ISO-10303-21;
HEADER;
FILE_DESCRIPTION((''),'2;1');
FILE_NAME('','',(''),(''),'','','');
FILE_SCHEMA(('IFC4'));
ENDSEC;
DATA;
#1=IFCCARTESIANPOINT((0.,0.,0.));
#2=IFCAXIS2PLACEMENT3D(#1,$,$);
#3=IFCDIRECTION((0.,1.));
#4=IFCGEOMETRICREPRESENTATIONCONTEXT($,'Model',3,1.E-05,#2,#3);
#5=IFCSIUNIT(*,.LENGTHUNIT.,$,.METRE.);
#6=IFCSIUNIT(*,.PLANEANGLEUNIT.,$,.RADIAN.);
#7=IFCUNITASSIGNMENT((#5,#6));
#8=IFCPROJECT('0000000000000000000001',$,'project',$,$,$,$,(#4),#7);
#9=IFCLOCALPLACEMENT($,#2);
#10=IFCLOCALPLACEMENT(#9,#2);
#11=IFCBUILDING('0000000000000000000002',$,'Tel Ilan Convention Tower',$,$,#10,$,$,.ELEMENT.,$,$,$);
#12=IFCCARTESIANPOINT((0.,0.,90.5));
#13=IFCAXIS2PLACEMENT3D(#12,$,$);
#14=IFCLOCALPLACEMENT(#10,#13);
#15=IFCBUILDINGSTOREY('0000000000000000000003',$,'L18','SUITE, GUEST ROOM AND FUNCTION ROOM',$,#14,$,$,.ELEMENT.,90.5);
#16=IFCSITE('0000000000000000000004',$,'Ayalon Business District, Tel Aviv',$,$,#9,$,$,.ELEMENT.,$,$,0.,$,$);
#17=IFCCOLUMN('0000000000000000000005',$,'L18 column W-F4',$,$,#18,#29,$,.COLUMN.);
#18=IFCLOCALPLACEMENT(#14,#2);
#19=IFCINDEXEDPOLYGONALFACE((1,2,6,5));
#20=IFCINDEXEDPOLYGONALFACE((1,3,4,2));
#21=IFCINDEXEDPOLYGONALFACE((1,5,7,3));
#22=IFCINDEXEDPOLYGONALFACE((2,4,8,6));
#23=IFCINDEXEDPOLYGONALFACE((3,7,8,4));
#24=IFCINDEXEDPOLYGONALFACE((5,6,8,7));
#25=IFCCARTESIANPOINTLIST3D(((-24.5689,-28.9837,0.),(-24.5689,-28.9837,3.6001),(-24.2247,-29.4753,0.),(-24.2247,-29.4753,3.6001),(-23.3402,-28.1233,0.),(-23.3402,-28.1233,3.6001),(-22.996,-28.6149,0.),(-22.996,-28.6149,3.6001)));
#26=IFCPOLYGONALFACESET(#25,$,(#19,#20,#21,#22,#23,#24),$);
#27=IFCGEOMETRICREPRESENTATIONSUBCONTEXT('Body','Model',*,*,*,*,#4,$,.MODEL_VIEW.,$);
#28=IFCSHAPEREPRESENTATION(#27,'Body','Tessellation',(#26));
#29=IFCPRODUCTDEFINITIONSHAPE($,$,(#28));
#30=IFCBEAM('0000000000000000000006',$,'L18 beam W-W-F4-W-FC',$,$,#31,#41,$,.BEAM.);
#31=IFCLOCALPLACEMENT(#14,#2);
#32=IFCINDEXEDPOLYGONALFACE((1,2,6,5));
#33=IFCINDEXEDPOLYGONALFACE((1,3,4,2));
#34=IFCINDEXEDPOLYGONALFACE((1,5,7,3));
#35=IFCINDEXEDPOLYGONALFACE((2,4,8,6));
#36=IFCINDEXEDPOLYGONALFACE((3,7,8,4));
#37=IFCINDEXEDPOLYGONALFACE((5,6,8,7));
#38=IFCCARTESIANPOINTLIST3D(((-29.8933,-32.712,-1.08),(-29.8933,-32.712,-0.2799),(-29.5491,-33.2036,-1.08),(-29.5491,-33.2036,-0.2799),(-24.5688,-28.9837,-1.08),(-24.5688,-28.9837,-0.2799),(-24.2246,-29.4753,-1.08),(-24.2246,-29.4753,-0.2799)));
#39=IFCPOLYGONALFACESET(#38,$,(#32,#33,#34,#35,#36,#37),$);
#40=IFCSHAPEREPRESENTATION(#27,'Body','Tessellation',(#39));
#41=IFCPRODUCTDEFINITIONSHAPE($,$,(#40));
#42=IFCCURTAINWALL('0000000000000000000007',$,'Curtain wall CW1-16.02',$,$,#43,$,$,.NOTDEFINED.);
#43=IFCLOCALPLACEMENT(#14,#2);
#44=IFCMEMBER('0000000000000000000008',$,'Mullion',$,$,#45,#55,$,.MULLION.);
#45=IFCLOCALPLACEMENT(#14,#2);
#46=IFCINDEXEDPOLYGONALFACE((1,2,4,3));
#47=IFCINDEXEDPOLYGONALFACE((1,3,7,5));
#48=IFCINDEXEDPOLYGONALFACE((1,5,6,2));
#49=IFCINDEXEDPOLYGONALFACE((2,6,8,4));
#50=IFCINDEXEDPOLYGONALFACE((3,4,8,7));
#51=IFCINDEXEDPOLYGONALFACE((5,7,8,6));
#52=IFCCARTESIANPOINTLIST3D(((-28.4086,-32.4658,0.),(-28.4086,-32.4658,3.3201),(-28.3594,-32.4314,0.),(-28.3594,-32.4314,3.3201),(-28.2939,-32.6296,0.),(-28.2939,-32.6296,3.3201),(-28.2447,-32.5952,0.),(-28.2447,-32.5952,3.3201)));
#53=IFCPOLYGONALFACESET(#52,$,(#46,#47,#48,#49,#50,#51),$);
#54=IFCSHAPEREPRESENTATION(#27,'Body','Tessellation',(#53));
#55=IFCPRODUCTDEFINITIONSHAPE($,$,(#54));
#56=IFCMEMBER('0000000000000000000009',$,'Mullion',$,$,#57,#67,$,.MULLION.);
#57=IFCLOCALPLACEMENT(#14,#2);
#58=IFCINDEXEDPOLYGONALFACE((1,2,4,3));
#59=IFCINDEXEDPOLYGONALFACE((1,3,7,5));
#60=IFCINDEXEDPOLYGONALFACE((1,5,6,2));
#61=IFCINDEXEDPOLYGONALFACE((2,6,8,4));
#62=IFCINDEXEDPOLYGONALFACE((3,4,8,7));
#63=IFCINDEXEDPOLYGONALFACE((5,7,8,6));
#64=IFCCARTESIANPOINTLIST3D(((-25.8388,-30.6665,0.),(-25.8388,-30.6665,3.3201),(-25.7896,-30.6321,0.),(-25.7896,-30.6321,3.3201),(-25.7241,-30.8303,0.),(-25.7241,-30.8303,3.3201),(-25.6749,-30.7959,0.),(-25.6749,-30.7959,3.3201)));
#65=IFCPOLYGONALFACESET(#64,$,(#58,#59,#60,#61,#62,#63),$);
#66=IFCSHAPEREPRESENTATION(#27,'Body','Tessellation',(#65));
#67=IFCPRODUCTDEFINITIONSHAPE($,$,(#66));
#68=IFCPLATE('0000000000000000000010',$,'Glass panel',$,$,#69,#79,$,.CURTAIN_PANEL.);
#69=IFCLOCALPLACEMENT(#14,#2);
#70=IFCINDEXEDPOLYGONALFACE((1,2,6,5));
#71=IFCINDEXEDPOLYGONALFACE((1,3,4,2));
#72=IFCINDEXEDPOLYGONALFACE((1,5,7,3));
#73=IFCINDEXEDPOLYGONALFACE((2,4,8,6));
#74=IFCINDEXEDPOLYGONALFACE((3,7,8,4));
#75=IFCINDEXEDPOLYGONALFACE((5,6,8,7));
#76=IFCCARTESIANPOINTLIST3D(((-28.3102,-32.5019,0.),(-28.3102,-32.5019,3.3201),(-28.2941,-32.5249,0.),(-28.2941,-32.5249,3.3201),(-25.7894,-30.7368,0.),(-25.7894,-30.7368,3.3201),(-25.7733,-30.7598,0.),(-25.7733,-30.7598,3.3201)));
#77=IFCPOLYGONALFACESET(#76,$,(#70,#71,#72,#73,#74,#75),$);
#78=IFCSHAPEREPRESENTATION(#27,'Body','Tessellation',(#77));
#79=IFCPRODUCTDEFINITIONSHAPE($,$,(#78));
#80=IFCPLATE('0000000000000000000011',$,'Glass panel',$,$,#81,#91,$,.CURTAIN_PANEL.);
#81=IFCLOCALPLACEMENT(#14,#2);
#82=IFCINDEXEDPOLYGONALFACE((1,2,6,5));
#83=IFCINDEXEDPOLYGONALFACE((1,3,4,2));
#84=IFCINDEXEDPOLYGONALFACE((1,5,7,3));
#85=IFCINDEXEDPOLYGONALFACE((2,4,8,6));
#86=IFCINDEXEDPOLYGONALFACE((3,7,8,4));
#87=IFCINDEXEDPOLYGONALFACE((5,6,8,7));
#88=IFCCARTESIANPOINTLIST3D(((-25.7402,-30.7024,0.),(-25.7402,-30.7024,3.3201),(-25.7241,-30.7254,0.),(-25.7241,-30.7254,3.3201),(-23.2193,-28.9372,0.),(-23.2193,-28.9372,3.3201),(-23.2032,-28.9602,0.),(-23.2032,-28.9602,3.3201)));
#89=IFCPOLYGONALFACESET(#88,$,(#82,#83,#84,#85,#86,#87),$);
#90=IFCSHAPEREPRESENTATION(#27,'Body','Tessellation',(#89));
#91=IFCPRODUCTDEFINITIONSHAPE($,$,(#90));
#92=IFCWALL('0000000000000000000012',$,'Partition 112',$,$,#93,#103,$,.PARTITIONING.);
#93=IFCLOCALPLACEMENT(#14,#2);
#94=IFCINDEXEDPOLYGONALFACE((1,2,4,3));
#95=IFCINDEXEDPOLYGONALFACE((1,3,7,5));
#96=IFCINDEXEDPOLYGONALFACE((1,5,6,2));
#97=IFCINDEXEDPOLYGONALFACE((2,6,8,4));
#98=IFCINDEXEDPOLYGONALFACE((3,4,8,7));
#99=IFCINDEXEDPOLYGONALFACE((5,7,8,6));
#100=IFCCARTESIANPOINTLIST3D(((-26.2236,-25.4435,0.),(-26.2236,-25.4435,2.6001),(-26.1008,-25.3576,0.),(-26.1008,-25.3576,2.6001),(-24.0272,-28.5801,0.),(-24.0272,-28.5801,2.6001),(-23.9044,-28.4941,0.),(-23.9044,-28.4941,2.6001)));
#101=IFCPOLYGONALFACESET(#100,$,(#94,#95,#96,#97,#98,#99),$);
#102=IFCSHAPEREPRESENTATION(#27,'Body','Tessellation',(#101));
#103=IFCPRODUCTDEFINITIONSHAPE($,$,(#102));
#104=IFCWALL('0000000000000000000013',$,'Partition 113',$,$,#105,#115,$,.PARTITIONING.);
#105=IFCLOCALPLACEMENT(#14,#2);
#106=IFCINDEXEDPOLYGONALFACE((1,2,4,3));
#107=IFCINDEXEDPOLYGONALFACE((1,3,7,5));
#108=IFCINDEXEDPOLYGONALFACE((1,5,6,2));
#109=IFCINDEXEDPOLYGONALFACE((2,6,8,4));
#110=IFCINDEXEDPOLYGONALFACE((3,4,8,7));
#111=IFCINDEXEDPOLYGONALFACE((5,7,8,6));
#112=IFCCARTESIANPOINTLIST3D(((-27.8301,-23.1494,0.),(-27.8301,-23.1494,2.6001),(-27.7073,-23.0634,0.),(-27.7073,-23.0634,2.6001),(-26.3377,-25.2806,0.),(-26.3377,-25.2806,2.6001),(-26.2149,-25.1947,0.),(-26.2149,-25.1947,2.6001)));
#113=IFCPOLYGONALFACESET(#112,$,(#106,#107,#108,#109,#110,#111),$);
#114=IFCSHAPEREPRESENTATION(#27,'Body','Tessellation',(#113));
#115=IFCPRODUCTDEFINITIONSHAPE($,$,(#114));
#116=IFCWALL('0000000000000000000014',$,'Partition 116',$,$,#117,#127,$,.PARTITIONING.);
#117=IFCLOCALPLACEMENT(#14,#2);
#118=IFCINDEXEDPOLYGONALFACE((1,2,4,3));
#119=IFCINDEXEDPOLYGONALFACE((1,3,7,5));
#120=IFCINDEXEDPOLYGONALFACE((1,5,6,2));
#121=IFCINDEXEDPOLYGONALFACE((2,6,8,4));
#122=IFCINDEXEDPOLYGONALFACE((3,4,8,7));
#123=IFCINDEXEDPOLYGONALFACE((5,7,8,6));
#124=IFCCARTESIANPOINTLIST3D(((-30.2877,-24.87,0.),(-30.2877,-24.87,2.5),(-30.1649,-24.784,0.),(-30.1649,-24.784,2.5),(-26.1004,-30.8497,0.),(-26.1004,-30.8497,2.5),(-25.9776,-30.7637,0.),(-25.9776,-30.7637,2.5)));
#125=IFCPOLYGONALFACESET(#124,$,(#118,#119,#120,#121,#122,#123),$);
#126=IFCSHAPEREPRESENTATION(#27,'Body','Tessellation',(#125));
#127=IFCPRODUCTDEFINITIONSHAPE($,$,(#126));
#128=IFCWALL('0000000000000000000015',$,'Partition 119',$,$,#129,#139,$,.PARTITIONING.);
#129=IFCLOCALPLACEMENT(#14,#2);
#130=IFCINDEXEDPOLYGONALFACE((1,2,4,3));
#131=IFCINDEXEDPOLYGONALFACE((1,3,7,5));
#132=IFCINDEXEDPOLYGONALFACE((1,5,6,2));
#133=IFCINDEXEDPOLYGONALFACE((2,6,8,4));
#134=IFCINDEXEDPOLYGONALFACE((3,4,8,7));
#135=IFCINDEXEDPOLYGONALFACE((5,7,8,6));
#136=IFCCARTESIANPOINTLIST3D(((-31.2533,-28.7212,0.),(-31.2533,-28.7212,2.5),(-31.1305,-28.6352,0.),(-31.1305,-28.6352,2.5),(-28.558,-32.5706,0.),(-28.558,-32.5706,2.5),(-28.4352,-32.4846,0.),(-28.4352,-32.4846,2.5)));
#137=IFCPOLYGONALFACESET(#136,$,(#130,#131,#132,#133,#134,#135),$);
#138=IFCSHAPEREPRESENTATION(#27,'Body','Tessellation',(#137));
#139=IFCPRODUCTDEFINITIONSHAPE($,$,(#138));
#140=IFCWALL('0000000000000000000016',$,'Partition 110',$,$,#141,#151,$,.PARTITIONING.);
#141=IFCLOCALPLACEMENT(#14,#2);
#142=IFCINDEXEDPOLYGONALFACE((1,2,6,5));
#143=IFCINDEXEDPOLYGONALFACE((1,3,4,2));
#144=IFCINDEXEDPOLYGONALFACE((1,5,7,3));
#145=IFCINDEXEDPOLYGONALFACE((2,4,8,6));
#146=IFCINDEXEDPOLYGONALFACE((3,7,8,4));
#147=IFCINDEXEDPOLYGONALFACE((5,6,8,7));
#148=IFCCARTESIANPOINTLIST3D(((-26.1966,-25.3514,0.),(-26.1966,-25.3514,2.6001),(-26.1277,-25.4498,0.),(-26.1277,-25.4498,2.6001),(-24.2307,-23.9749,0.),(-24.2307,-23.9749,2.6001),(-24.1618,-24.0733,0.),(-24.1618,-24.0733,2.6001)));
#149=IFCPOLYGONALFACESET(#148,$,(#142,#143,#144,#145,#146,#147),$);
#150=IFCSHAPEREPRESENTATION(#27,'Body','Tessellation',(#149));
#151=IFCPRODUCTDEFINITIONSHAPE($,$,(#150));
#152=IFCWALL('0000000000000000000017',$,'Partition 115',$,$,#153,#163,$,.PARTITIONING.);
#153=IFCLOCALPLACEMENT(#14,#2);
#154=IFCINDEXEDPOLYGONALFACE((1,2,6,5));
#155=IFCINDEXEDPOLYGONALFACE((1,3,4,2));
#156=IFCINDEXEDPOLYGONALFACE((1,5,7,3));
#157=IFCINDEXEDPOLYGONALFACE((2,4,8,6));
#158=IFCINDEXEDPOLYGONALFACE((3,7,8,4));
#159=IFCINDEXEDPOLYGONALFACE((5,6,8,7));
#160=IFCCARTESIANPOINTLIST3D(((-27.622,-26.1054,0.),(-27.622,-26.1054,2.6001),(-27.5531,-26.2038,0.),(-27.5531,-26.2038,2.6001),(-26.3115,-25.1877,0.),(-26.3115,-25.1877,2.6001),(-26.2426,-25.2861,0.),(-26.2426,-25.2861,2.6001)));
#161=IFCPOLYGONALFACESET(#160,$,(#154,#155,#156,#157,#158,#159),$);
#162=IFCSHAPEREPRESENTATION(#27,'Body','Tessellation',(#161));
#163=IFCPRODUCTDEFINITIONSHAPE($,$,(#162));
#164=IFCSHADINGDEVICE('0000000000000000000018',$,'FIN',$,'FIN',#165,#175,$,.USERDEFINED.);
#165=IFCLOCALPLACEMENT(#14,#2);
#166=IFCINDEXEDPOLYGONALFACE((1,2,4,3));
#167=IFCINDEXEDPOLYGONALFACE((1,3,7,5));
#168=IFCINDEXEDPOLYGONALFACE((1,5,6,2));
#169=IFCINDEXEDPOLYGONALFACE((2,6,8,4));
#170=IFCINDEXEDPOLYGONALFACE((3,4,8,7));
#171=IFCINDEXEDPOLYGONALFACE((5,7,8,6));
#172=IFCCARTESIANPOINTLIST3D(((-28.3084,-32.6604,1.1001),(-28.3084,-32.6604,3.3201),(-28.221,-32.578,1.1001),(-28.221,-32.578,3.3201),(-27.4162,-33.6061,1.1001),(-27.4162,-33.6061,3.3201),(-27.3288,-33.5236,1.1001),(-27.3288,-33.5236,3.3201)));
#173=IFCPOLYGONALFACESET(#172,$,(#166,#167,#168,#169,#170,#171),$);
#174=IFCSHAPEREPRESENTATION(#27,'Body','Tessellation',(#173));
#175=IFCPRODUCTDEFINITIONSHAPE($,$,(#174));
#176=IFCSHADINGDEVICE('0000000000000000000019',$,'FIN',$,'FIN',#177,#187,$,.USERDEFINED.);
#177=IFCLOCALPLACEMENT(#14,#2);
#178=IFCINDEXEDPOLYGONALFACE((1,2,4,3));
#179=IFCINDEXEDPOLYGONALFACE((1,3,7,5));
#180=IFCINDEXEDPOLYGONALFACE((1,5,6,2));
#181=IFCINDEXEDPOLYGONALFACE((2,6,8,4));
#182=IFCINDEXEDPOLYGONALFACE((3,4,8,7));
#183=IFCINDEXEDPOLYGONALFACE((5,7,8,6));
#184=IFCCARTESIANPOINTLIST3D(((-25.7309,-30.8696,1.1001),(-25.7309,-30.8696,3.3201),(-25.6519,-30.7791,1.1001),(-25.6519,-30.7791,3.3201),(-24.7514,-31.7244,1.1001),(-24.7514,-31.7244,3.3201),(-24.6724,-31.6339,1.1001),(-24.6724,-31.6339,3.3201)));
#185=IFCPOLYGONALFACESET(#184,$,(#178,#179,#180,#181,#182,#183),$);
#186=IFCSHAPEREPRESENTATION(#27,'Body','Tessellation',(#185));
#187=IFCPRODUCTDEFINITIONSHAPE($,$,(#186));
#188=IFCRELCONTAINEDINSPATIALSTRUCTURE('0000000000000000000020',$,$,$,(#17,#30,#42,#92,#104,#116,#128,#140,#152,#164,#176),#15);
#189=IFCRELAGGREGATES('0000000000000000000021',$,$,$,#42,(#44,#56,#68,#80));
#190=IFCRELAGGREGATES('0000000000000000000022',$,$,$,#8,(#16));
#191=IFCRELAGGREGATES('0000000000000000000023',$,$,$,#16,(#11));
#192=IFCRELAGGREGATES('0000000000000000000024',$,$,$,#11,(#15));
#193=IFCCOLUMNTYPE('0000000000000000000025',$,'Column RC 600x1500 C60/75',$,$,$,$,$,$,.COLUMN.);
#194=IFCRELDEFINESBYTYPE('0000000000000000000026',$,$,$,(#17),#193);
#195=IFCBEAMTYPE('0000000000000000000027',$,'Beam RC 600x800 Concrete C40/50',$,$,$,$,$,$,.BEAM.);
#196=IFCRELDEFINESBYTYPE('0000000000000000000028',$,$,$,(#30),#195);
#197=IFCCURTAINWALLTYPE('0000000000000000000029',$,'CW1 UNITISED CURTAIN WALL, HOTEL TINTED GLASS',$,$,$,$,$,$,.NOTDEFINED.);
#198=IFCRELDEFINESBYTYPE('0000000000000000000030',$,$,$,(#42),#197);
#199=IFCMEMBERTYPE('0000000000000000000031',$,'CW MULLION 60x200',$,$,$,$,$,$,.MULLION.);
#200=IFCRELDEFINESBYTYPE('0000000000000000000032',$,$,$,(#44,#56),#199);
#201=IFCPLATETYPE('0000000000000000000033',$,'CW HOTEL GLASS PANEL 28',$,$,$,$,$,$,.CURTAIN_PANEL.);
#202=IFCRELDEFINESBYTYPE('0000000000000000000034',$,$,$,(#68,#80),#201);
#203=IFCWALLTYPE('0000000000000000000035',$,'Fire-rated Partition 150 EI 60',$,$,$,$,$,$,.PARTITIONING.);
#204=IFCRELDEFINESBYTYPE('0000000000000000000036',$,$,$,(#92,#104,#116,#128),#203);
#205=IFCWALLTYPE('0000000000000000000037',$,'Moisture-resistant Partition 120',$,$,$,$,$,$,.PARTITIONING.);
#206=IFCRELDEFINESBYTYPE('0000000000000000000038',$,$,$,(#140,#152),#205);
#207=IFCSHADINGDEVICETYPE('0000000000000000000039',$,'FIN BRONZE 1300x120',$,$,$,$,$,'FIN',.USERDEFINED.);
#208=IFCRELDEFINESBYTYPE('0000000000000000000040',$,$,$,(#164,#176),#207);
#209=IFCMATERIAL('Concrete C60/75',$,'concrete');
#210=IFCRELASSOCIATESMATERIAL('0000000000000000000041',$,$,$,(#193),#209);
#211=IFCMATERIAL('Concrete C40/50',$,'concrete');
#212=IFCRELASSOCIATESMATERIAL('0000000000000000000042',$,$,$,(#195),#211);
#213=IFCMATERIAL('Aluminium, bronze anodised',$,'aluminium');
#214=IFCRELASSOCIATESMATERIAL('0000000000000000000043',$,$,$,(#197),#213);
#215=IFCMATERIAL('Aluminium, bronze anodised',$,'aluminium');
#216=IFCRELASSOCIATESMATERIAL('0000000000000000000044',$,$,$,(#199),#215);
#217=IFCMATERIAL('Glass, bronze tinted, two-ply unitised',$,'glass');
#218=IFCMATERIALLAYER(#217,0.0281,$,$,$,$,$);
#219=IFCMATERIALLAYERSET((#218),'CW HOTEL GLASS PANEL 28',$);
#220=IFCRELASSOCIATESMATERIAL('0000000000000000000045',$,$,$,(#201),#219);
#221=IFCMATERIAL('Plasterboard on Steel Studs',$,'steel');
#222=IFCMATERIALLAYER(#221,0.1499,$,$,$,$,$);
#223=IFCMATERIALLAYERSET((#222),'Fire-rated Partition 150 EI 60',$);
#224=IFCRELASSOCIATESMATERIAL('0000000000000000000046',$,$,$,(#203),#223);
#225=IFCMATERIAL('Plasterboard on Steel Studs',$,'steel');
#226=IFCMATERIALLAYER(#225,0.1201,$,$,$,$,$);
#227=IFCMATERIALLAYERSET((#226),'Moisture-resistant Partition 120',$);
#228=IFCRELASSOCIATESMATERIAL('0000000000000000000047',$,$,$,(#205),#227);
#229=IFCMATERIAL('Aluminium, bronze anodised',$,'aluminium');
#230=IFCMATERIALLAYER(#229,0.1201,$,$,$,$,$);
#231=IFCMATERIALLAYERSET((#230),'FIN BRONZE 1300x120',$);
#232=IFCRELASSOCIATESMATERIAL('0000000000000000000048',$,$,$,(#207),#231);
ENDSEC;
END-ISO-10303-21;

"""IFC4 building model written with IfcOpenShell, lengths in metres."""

from ifc_helpers import new_model, si_unit, direction, frame, frame_2d, origin, origin_2d, place, context, subcontext, project, spatial, rectangle, extrude, material, layer, layer_set, material_profile, profile_set, type_object, element, aggregate, save


model = new_model("IFC4")

# Units and contexts
model_context = context("Model", 3, precision=1e-05, world=origin(), true_north=direction((0.0, 1.0)))
body_context = subcontext(model_context, "Body", "Model", "MODEL_VIEW")
ifc_project = project(units=[si_unit("LENGTHUNIT", "METRE"), si_unit("PLANEANGLEUNIT", "RADIAN")], contexts=[model_context])

# Site, building, storey
site_placement = place(None, origin())
site = spatial("IfcSite", under=ifc_project, at=site_placement, Name="Ayalon Business District, Tel Aviv", CompositionType="ELEMENT", RefElevation=0.0)
building_placement = place(site_placement, origin())
building = spatial("IfcBuilding", under=site, at=building_placement, Name="Tel Ilan Convention Tower", CompositionType="ELEMENT")
storey_placement = place(building_placement, frame((0.0, 0.0, 90.5)))
storey = spatial("IfcBuildingStorey", under=building, at=storey_placement, Name="L18", Description="SUITE, GUEST ROOM AND FUNCTION ROOM", CompositionType="ELEMENT", Elevation=90.5)

# Column
ifc_material_1 = material(Name="Concrete C60/75", Category="concrete")
ifc_material_profile_1 = material_profile(ifc_material_1, rectangle(XDim=1.5, YDim=0.6001, at=origin_2d()), Name="RC 600x1500")
ifc_profile_set_1 = profile_set([ifc_material_profile_1], Name="Concrete C60/75")
column_type = type_object("IfcColumnType", Name="Column RC 600x1500 C60/75", PredefinedType="COLUMN", material=ifc_profile_set_1)
column_placement = place(storey_placement, frame((-23.7825, -28.7993, 0.0), z_axis=(0.0, 0.0, 1.0), x_axis=(-0.819152, -0.573576, 0.0)))
element("IfcColumn", 1, at=column_placement, inside=storey, type_object=column_type, Name="L18 column W-F4", PredefinedType="COLUMN", context=body_context, shape_type="SweptSolid", body=[
    extrude(rectangle(XDim=1.5, YDim=0.6001, at=origin_2d()), origin(), (0.0, 0.0, 1.0), 3.6001),
])

# Beam
ifc_material_2 = material(Name="Concrete C40/50", Category="concrete")
ifc_material_profile_2 = material_profile(ifc_material_2, rectangle(XDim=0.6001, YDim=0.8, at=origin_2d()), Name="RC 600x800")
ifc_profile_set_2 = profile_set([ifc_material_profile_2], Name="Concrete C40/50")
beam_type = type_object("IfcBeamType", Name="Beam RC 600x800 Concrete C40/50", PredefinedType="BEAM", material=ifc_profile_set_2)
beam_placement = place(storey_placement, frame((-24.3967, -29.2295, -0.6799), z_axis=(-0.819149, -0.573581, 0.0), x_axis=(0.573581, -0.819149, 0.0)))
element("IfcBeam", 2, at=beam_placement, inside=storey, type_object=beam_type, Name="L18 beam W-W-F4-W-FC", PredefinedType="BEAM", context=body_context, shape_type="SweptSolid", body=[
    extrude(rectangle(XDim=0.6001, YDim=0.8, at=origin_2d()), origin(), (0.0, 0.0, 1.0), 6.5),
])

# Curtain wall, members, plates
ifc_material_3 = material(Name="Aluminium, bronze anodised", Category="aluminium")
curtain_wall_type = type_object("IfcCurtainWallType", Name="CW1 UNITISED CURTAIN WALL, HOTEL TINTED GLASS", PredefinedType="NOTDEFINED", material=ifc_material_3)
curtain_wall_placement = place(storey_placement, origin())
curtain_wall = element("IfcCurtainWall", 3, at=curtain_wall_placement, inside=storey, type_object=curtain_wall_type, Name="Curtain wall CW1-16.02", PredefinedType="NOTDEFINED")
ifc_material_4 = material(Name="Aluminium, bronze anodised", Category="aluminium")
ifc_material_profile_3 = material_profile(ifc_material_4, rectangle(XDim=0.0601, YDim=0.2, at=origin_2d()), Name="CW MULLION 60x200")
ifc_profile_set_3 = profile_set([ifc_material_profile_3], Name="Aluminium, bronze anodised")
member_type = type_object("IfcMemberType", Name="CW MULLION 60x200", PredefinedType="MULLION", material=ifc_profile_set_3)
member_1_placement = place(storey_placement, frame((-28.3267, -32.5305, 0.0), z_axis=(0.0, 0.0, 1.0), x_axis=(0.819152, 0.573576, 0.0)))
member_1 = element("IfcMember", 4, at=member_1_placement, type_object=member_type, Name="Mullion", PredefinedType="MULLION", context=body_context, shape_type="SweptSolid", body=[
    extrude(rectangle(XDim=0.0601, YDim=0.2, at=origin_2d()), origin(), (0.0, 0.0, 1.0), 3.3201),
])
member_2_placement = place(storey_placement, frame((-25.7568, -30.7312, 0.0), z_axis=(0.0, 0.0, 1.0), x_axis=(0.819152, 0.573576, 0.0)))
member_2 = element("IfcMember", 5, at=member_2_placement, type_object=member_type, Name="Mullion", PredefinedType="MULLION", context=body_context, shape_type="SweptSolid", body=[
    extrude(rectangle(XDim=0.0601, YDim=0.2, at=origin_2d()), origin(), (0.0, 0.0, 1.0), 3.3201),
])
ifc_material_5 = material(Name="Glass, bronze tinted, two-ply unitised", Category="glass")
ifc_layer_1 = layer(ifc_material_5, 0.0281)
ifc_layer_set_1 = layer_set([ifc_layer_1], Name="CW HOTEL GLASS PANEL 28")
plate_type = type_object("IfcPlateType", Name="CW HOTEL GLASS PANEL 28", PredefinedType="CURTAIN_PANEL", material=ifc_layer_set_1)
plate_1_placement = place(storey_placement, frame((-27.0417, -31.6309, 0.0), z_axis=(0.0, 0.0, 1.0), x_axis=(0.819152, 0.573576, 0.0)))
plate_1 = element("IfcPlate", 6, at=plate_1_placement, type_object=plate_type, Name="Glass panel", PredefinedType="CURTAIN_PANEL", context=body_context, shape_type="SweptSolid", body=[
    extrude(rectangle(XDim=3.0774, YDim=0.0281, at=origin_2d()), origin(), (0.0, 0.0, 1.0), 3.3201),
])
plate_2_placement = place(storey_placement, frame((-24.4717, -29.8313, 0.0), z_axis=(0.0, 0.0, 1.0), x_axis=(0.819152, 0.573576, 0.0)))
plate_2 = element("IfcPlate", 7, at=plate_2_placement, type_object=plate_type, Name="Glass panel", PredefinedType="CURTAIN_PANEL", context=body_context, shape_type="SweptSolid", body=[
    extrude(rectangle(XDim=3.0774, YDim=0.0281, at=origin_2d()), origin(), (0.0, 0.0, 1.0), 3.3201),
])
aggregate(curtain_wall, [member_1, member_2, plate_1, plate_2])

# Walls
ifc_material_6 = material(Name="Plasterboard on Steel Studs", Category="steel")
ifc_layer_2 = layer(ifc_material_6, 0.1499)
ifc_layer_set_2 = layer_set([ifc_layer_2], Name="Fire-rated Partition 150 EI 60")
wall_type_1 = type_object("IfcWallType", Name="Fire-rated Partition 150 EI 60", PredefinedType="PARTITIONING", material=ifc_layer_set_2)
wall_1_placement = place(storey_placement, frame((-23.9658, -28.5371, 0.0), z_axis=(0.0, 0.0, 1.0), x_axis=(-0.573595, 0.819139, 0.0)))
element("IfcWall", 8, at=wall_1_placement, inside=storey, type_object=wall_type_1, Name="Partition 112", PredefinedType="PARTITIONING", context=body_context, shape_type="SweptSolid", body=[
    extrude(rectangle(XDim=3.8291, YDim=0.1499, at=frame_2d((1.9146, 0.0))), origin(), (0.0, 0.0, 1.0), 2.6001),
])
wall_2_placement = place(storey_placement, frame((-26.2764, -25.2375, 0.0), z_axis=(0.0, 0.0, 1.0), x_axis=(-0.573588, 0.819144, 0.0)))
element("IfcWall", 9, at=wall_2_placement, inside=storey, type_object=wall_type_1, Name="Partition 113", PredefinedType="PARTITIONING", context=body_context, shape_type="SweptSolid", body=[
    extrude(rectangle(XDim=2.6018, YDim=0.1499, at=frame_2d((1.3008, 0.0))), origin(), (0.0, 0.0, 1.0), 2.6001),
])
wall_3_placement = place(storey_placement, frame((-26.0391, -30.8066, 0.0), z_axis=(0.0, 0.0, 1.0), x_axis=(-0.573595, 0.819139, 0.0)))
element("IfcWall", 10, at=wall_3_placement, inside=storey, type_object=wall_type_1, Name="Partition 116", PredefinedType="PARTITIONING", context=body_context, shape_type="SweptSolid", body=[
    extrude(rectangle(XDim=7.3, YDim=0.1499, at=frame_2d((3.6499, 0.0))), origin(), (0.0, 0.0, 1.0), 2.5),
])
wall_4_placement = place(storey_placement, frame((-28.4966, -32.5276, 0.0), z_axis=(0.0, 0.0, 1.0), x_axis=(-0.57357, 0.819156, 0.0)))
element("IfcWall", 11, at=wall_4_placement, inside=storey, type_object=wall_type_1, Name="Partition 119", PredefinedType="PARTITIONING", context=body_context, shape_type="SweptSolid", body=[
    extrude(rectangle(XDim=4.6992, YDim=0.1499, at=frame_2d((2.3496, 0.0))), origin(), (0.0, 0.0, 1.0), 2.5),
])
ifc_material_7 = material(Name="Plasterboard on Steel Studs", Category="steel")
ifc_layer_3 = layer(ifc_material_7, 0.1201)
ifc_layer_set_3 = layer_set([ifc_layer_3], Name="Moisture-resistant Partition 120")
wall_type_2 = type_object("IfcWallType", Name="Moisture-resistant Partition 120", PredefinedType="PARTITIONING", material=ifc_layer_set_3)
wall_5_placement = place(storey_placement, frame((-26.1621, -25.4006, 0.0), z_axis=(0.0, 0.0, 1.0), x_axis=(0.819155, 0.573572, 0.0)))
element("IfcWall", 12, at=wall_5_placement, inside=storey, type_object=wall_type_2, Name="Partition 110", PredefinedType="PARTITIONING", context=body_context, shape_type="SweptSolid", body=[
    extrude(rectangle(XDim=2.3999, YDim=0.1201, at=frame_2d((1.2, 0.0))), origin(), (0.0, 0.0, 1.0), 2.6001),
])
wall_6_placement = place(storey_placement, frame((-27.5874, -26.1545, 0.0), z_axis=(0.0, 0.0, 1.0), x_axis=(0.819132, 0.573606, 0.0)))
element("IfcWall", 13, at=wall_6_placement, inside=storey, type_object=wall_type_2, Name="Partition 115", PredefinedType="PARTITIONING", context=body_context, shape_type="SweptSolid", body=[
    extrude(rectangle(XDim=1.5999, YDim=0.1201, at=frame_2d((0.7998, 0.0))), origin(), (0.0, 0.0, 1.0), 2.6001),
])

# Shading devices
ifc_material_8 = material(Name="Aluminium, bronze anodised", Category="aluminium")
ifc_layer_4 = layer(ifc_material_8, 0.1201)
ifc_layer_set_4 = layer_set([ifc_layer_4], Name="FIN BRONZE 1300x120")
shading_device_type = type_object("IfcShadingDeviceType", Name="FIN BRONZE 1300x120", ElementType="FIN", PredefinedType="USERDEFINED", material=ifc_layer_set_4)
for number, where, z_axis, x_axis, name in (
    (14, (-27.8186, -33.092, 1.1001), (0.0, 0.0, 1.0), (0.686242, -0.727374, 0.0), "FIN"),
    (15, (-25.2017, -31.2517, 1.1001), (0.0, 0.0, 1.0), (0.753436, -0.657521, 0.0), "FIN"),
):
    element("IfcShadingDevice", number, at=place(storey_placement, frame(where, z_axis=z_axis, x_axis=x_axis)), inside=storey, type_object=shading_device_type, Name=name, ObjectType="FIN", PredefinedType="USERDEFINED", context=body_context, shape_type="SweptSolid", body=[
        extrude(rectangle(XDim=1.3, YDim=0.1201, at=origin_2d()), origin(), (0.0, 0.0, 1.0), 2.22),
    ])

save(model, "model.ifc")
